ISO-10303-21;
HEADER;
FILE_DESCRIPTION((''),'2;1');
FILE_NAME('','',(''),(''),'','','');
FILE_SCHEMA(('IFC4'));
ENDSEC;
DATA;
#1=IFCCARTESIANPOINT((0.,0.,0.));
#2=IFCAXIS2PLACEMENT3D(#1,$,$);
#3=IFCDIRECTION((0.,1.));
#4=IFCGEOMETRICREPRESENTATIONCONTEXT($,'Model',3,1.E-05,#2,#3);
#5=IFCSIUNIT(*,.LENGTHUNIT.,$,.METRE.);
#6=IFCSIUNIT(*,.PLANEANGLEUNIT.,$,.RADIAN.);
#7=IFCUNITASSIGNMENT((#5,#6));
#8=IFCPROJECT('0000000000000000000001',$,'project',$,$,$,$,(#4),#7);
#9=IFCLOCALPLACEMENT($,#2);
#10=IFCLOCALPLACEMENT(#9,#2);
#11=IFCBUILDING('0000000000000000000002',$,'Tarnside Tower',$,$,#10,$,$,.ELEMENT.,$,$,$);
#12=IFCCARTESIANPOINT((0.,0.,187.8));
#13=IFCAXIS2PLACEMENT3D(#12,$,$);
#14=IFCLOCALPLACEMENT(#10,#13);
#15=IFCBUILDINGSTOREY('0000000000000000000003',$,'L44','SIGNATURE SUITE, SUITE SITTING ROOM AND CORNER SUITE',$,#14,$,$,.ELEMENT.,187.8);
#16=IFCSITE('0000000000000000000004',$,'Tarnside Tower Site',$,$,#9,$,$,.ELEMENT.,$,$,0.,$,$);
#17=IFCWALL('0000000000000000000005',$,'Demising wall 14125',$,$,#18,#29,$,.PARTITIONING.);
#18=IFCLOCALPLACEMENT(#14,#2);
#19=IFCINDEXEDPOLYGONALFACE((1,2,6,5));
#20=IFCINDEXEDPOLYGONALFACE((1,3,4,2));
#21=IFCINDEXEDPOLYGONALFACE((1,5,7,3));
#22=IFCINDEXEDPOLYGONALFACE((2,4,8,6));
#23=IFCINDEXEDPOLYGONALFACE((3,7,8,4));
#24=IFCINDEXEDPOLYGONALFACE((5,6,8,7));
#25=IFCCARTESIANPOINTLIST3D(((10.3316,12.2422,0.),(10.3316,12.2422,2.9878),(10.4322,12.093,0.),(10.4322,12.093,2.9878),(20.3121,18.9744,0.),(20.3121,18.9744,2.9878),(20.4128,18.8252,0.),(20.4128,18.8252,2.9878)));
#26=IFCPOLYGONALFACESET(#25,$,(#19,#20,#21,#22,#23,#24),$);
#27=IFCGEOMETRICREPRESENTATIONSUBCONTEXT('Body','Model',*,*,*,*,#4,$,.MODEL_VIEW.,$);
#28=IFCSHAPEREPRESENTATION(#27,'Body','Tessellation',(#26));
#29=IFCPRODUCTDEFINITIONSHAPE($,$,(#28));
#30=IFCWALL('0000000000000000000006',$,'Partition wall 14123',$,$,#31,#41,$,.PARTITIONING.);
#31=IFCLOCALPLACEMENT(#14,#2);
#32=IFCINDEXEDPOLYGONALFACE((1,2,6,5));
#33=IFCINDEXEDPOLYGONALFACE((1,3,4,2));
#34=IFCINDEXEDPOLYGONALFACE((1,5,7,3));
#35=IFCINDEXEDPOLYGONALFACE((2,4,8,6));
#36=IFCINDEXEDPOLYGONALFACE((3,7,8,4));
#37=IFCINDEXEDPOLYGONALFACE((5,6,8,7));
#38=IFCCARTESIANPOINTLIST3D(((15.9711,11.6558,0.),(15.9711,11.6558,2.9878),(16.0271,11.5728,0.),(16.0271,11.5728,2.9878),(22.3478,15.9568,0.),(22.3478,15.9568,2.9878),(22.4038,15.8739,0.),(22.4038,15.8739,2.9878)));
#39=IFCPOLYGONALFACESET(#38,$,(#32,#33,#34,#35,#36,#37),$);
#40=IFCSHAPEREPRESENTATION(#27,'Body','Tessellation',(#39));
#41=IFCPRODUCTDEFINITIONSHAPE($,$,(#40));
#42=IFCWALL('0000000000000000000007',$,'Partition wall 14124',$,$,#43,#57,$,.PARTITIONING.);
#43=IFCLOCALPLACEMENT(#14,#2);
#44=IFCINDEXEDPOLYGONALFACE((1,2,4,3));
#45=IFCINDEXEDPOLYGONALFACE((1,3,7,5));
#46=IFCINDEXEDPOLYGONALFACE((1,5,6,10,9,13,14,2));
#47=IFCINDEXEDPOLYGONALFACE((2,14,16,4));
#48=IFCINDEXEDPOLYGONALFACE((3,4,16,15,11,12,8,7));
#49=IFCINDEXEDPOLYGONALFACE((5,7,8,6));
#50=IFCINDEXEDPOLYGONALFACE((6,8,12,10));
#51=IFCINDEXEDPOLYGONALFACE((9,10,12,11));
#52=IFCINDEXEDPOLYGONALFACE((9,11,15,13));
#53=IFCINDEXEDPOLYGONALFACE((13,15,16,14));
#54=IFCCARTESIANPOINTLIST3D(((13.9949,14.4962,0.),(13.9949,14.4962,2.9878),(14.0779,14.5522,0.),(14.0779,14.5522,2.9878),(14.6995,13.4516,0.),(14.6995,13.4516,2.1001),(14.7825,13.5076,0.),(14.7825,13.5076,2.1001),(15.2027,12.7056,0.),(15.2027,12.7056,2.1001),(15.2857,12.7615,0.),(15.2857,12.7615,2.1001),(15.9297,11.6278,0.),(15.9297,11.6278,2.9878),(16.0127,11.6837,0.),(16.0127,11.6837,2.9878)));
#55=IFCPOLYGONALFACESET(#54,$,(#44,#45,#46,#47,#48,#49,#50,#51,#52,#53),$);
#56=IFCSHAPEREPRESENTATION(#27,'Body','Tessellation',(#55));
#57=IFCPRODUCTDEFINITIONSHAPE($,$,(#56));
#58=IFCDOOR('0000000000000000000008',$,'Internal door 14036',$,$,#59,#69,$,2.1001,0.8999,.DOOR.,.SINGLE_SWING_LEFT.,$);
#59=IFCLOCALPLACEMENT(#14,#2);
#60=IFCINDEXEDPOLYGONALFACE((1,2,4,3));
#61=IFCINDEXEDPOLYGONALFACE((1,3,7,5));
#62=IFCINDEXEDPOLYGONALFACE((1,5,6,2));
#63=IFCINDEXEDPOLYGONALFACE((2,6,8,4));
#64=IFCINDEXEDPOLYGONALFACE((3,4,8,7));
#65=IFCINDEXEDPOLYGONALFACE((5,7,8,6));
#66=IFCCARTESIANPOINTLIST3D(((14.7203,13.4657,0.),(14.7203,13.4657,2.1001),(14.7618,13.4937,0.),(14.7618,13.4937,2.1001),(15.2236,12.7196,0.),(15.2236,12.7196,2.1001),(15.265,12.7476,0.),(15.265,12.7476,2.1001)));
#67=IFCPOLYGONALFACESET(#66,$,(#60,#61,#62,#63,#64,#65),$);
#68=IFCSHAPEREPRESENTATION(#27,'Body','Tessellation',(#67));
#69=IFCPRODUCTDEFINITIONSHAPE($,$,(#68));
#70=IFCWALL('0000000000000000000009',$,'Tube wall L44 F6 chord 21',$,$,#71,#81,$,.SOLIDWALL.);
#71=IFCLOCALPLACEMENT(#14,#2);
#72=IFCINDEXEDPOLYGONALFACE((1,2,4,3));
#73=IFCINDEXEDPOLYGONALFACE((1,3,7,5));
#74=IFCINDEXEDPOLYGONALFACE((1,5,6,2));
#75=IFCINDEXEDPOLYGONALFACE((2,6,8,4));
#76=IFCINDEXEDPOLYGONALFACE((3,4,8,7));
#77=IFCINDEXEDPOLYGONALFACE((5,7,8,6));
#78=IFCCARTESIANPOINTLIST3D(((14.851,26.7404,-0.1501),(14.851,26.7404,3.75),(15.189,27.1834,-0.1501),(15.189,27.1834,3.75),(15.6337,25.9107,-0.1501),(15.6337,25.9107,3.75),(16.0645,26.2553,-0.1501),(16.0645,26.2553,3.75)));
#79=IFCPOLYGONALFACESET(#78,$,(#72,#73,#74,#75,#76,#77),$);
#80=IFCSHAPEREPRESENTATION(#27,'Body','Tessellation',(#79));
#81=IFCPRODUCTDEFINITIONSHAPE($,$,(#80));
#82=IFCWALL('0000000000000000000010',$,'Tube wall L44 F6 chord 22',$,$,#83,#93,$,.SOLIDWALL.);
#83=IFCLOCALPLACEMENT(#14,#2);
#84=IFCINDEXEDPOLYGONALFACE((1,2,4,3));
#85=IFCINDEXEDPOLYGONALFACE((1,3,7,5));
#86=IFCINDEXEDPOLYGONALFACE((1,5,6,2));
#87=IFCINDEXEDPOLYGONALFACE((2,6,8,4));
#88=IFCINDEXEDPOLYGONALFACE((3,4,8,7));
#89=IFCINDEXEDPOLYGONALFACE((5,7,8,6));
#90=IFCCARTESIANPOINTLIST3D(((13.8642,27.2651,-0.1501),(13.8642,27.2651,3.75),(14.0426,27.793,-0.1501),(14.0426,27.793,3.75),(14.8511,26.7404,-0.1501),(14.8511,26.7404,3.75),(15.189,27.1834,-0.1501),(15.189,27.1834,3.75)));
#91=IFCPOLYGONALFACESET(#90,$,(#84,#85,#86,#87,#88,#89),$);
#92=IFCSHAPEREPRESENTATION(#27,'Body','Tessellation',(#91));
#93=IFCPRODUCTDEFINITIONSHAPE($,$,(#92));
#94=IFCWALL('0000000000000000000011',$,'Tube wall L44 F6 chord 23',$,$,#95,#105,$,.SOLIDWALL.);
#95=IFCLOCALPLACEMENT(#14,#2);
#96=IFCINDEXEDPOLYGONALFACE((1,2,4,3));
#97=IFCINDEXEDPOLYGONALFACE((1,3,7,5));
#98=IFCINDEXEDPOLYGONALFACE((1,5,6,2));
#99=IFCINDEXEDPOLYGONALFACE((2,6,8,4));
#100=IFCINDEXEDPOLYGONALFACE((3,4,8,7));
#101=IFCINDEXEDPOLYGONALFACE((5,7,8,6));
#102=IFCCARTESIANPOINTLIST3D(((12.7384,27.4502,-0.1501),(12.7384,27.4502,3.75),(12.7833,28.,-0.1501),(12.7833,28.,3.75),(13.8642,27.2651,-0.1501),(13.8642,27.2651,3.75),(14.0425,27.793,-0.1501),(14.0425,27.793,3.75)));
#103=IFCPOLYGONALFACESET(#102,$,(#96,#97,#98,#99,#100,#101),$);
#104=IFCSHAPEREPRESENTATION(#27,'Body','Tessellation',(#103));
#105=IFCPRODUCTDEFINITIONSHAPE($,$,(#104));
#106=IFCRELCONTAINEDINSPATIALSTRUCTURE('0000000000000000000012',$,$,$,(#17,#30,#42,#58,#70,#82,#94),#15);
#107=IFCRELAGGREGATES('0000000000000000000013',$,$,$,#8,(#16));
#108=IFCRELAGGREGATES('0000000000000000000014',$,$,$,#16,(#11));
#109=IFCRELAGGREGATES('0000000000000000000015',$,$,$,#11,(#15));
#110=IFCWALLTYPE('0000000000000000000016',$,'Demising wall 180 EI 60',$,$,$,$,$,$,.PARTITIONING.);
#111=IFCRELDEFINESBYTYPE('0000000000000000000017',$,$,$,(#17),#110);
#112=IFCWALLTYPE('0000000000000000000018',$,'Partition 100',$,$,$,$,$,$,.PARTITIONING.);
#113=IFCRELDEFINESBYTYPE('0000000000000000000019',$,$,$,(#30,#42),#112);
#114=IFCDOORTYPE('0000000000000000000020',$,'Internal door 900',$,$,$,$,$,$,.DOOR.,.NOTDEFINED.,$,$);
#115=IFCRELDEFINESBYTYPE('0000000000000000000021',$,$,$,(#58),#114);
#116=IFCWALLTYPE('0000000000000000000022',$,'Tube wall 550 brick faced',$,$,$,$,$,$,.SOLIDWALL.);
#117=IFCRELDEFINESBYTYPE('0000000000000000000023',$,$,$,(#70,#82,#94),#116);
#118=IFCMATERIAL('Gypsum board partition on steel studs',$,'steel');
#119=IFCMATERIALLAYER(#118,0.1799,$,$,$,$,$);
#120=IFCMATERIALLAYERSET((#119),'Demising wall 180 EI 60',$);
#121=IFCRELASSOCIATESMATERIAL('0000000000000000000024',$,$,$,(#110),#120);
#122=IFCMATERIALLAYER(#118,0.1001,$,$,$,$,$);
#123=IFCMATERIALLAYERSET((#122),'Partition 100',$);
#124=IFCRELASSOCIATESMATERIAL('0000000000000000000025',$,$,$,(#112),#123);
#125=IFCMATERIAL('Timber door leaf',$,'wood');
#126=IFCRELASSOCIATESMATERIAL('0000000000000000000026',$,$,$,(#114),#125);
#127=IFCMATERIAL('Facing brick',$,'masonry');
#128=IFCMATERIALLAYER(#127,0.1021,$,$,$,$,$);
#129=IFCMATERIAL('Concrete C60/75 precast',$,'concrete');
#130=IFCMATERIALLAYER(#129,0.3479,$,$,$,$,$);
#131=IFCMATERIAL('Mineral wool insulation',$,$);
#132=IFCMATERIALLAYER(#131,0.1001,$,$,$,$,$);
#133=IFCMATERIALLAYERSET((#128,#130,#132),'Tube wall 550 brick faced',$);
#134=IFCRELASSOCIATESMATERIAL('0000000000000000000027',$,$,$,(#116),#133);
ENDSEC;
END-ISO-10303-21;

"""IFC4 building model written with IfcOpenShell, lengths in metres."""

from ifc_helpers import new_model, si_unit, direction, frame, frame_2d, origin, place, context, subcontext, project, spatial, polyline, rectangle, outline, extrude, material, layer, layer_set, type_object, element, fill, save


model = new_model("IFC4")

# Units and contexts
model_context = context("Model", 3, precision=1e-05, world=origin(), true_north=direction((0.0, 1.0)))
body_context = subcontext(model_context, "Body", "Model", "MODEL_VIEW")
ifc_project = project(units=[si_unit("LENGTHUNIT", "METRE"), si_unit("PLANEANGLEUNIT", "RADIAN")], contexts=[model_context])

# Site, building, storey
site_placement = place(None, origin())
site = spatial("IfcSite", under=ifc_project, at=site_placement, Name="Tarnside Tower Site", CompositionType="ELEMENT", RefElevation=0.0)
building_placement = place(site_placement, origin())
building = spatial("IfcBuilding", under=site, at=building_placement, Name="Tarnside Tower", CompositionType="ELEMENT")
storey_placement = place(building_placement, frame((0.0, 0.0, 187.8)))
storey = spatial("IfcBuildingStorey", under=building, at=storey_placement, Name="L44", Description="SIGNATURE SUITE, SUITE SITTING ROOM AND CORNER SUITE", CompositionType="ELEMENT", Elevation=187.8)

# Shared definitions
ifc_material_1 = material(Name="Gypsum board partition on steel studs", Category="steel")

# Shared definitions
ifc_material_2 = material(Name="Timber door leaf", Category="wood")

# Walls
ifc_layer_1 = layer(ifc_material_1, 0.1799)
ifc_layer_set_1 = layer_set([ifc_layer_1], Name="Demising wall 180 EI 60")
wall_type_1 = type_object("IfcWallType", Name="Demising wall 180 EI 60", PredefinedType="PARTITIONING", material=ifc_layer_set_1)
wall_1_placement = place(storey_placement, frame((20.3625, 18.8999, 0.0), z_axis=(0.0, 0.0, 1.0), x_axis=(-0.829027, -0.559208, 0.0)))
element("IfcWall", 1, at=wall_1_placement, inside=storey, type_object=wall_type_1, Name="Demising wall 14125", PredefinedType="PARTITIONING", context=body_context, shape_type="SweptSolid", body=[
    extrude(rectangle(XDim=12.0388, YDim=0.1799, at=frame_2d((6.0195, 0.0))), origin(), (0.0, 0.0, 1.0), 2.9878),
])
ifc_layer_2 = layer(ifc_material_1, 0.1001)
ifc_layer_set_2 = layer_set([ifc_layer_2], Name="Partition 100")
wall_type_2 = type_object("IfcWallType", Name="Partition 100", PredefinedType="PARTITIONING", material=ifc_layer_set_2)
wall_2_placement = place(storey_placement, frame((22.3757, 15.9153, 0.0), z_axis=(0.0, 0.0, 1.0), x_axis=(-0.829045, -0.559182, 0.0)))
element("IfcWall", 2, at=wall_2_placement, inside=storey, type_object=wall_type_2, Name="Partition wall 14123", PredefinedType="PARTITIONING", context=body_context, shape_type="SweptSolid", body=[
    extrude(rectangle(XDim=7.6917, YDim=0.1001, at=frame_2d((3.8457, 0.0))), origin(), (0.0, 0.0, 1.0), 2.9878),
])

# Wall, opening, door
wall_3_placement = place(storey_placement, frame((15.9712, 11.6558, 0.0), z_axis=(0.0, 0.0, 1.0), x_axis=(-0.559203, 0.829031, 0.0)))
wall_3 = element("IfcWall", 3, at=wall_3_placement, inside=storey, type_object=wall_type_2, Name="Partition wall 14124", PredefinedType="PARTITIONING", context=body_context, shape_type="SweptSolid", body=[
    extrude(rectangle(XDim=3.46, YDim=0.1001, at=frame_2d((1.73, 0.0))), origin(), (0.0, 0.0, 1.0), 2.9878),
])
opening_1_placement = place(wall_3_placement, frame((1.3, 0.0, 0.0)))
opening_1 = element("IfcOpeningElement", 4, at=opening_1_placement, cuts=wall_3, PredefinedType="OPENING", context=body_context, shape_type="SweptSolid", body=[
    extrude(rectangle(XDim=0.8999, YDim=2.1001, at=frame_2d((0.45, 1.05))), frame((0.0, 0.0601, 0.0), z_axis=(0.0, -1.0, 0.0), x_axis=(1.0, 0.0, 0.0)), (0.0, 0.0, 1.0), 0.1201),
])
door_type_1 = type_object("IfcDoorType", Name="Internal door 900", OperationType="NOTDEFINED", PredefinedType="DOOR", material=ifc_material_2)
door_1_placement = place(opening_1_placement, origin())
door_1 = element("IfcDoor", 5, at=door_1_placement, inside=storey, type_object=door_type_1, Name="Internal door 14036", OperationType="SINGLE_SWING_LEFT", OverallHeight=2.1001, OverallWidth=0.8999, PredefinedType="DOOR", context=body_context, shape_type="SweptSolid", body=[
    extrude(rectangle(XDim=0.8999, YDim=2.1001, at=frame_2d((0.45, 1.05))), frame((0.0, 0.0249, 0.0), z_axis=(0.0, -1.0, 0.0), x_axis=(1.0, 0.0, 0.0)), (0.0, 0.0, 1.0), 0.05),
])
fill(opening_1, door_1)

# Walls
ifc_material_3 = material(Name="Facing brick", Category="masonry")
ifc_layer_3 = layer(ifc_material_3, 0.1021)
ifc_material_4 = material(Name="Concrete C60/75 precast", Category="concrete")
ifc_layer_4 = layer(ifc_material_4, 0.3479)
ifc_material_5 = material(Name="Mineral wool insulation")
ifc_layer_5 = layer(ifc_material_5, 0.1001)
ifc_layer_set_3 = layer_set([ifc_layer_3, ifc_layer_4, ifc_layer_5], Name="Tube wall 550 brick faced")
wall_type_3 = type_object("IfcWallType", Name="Tube wall 550 brick faced", PredefinedType="SOLIDWALL", material=ifc_layer_set_3)
wall_4_placement = place(storey_placement, frame((15.8491, 26.083, -0.1501), z_axis=(0.0, 0.0, 1.0), x_axis=(-0.686196, 0.727416, 0.0)))
element("IfcWall", 6, at=wall_4_placement, inside=storey, type_object=wall_type_3, Name="Tube wall L44 F6 chord 21", PredefinedType="SOLIDWALL", context=body_context, shape_type="SweptSolid", body=[
    extrude(outline(polyline([(-0.0225, -0.2749), (1.2534, -0.2749), (1.1631, 0.2749), (0.0225, 0.2749), (-0.0225, -0.2749)])), origin(), (0.0, 0.0, 1.0), 3.9001),
])
wall_5_placement = place(storey_placement, frame((15.02, 26.9619, -0.1501), z_axis=(0.0, 0.0, 1.0), x_axis=(-0.882951, 0.469465, 0.0)))
element("IfcWall", 7, at=wall_5_placement, inside=storey, type_object=wall_type_3, Name="Tube wall L44 F6 chord 22", PredefinedType="SOLIDWALL", context=body_context, shape_type="SweptSolid", body=[
    extrude(outline(polyline([(-0.0452, -0.2749), (1.2532, -0.2749), (1.1628, 0.2749), (0.0452, 0.2749), (-0.0452, -0.2749)])), origin(), (0.0, 0.0, 1.0), 3.9001),
])
wall_6_placement = place(storey_placement, frame((13.9534, 27.5291, -0.1501), z_axis=(0.0, 0.0, 1.0), x_axis=(-0.986752, 0.162236, 0.0)))
element("IfcWall", 8, at=wall_6_placement, inside=storey, type_object=wall_type_3, Name="Tube wall L44 F6 chord 23", PredefinedType="SOLIDWALL", context=body_context, shape_type="SweptSolid", body=[
    extrude(outline(polyline([(-0.0452, -0.2749), (1.231, -0.2749), (1.186, 0.2749), (0.0452, 0.2749), (-0.0452, -0.2749)])), origin(), (0.0, 0.0, 1.0), 3.9001),
])

save(model, "model.ifc")
